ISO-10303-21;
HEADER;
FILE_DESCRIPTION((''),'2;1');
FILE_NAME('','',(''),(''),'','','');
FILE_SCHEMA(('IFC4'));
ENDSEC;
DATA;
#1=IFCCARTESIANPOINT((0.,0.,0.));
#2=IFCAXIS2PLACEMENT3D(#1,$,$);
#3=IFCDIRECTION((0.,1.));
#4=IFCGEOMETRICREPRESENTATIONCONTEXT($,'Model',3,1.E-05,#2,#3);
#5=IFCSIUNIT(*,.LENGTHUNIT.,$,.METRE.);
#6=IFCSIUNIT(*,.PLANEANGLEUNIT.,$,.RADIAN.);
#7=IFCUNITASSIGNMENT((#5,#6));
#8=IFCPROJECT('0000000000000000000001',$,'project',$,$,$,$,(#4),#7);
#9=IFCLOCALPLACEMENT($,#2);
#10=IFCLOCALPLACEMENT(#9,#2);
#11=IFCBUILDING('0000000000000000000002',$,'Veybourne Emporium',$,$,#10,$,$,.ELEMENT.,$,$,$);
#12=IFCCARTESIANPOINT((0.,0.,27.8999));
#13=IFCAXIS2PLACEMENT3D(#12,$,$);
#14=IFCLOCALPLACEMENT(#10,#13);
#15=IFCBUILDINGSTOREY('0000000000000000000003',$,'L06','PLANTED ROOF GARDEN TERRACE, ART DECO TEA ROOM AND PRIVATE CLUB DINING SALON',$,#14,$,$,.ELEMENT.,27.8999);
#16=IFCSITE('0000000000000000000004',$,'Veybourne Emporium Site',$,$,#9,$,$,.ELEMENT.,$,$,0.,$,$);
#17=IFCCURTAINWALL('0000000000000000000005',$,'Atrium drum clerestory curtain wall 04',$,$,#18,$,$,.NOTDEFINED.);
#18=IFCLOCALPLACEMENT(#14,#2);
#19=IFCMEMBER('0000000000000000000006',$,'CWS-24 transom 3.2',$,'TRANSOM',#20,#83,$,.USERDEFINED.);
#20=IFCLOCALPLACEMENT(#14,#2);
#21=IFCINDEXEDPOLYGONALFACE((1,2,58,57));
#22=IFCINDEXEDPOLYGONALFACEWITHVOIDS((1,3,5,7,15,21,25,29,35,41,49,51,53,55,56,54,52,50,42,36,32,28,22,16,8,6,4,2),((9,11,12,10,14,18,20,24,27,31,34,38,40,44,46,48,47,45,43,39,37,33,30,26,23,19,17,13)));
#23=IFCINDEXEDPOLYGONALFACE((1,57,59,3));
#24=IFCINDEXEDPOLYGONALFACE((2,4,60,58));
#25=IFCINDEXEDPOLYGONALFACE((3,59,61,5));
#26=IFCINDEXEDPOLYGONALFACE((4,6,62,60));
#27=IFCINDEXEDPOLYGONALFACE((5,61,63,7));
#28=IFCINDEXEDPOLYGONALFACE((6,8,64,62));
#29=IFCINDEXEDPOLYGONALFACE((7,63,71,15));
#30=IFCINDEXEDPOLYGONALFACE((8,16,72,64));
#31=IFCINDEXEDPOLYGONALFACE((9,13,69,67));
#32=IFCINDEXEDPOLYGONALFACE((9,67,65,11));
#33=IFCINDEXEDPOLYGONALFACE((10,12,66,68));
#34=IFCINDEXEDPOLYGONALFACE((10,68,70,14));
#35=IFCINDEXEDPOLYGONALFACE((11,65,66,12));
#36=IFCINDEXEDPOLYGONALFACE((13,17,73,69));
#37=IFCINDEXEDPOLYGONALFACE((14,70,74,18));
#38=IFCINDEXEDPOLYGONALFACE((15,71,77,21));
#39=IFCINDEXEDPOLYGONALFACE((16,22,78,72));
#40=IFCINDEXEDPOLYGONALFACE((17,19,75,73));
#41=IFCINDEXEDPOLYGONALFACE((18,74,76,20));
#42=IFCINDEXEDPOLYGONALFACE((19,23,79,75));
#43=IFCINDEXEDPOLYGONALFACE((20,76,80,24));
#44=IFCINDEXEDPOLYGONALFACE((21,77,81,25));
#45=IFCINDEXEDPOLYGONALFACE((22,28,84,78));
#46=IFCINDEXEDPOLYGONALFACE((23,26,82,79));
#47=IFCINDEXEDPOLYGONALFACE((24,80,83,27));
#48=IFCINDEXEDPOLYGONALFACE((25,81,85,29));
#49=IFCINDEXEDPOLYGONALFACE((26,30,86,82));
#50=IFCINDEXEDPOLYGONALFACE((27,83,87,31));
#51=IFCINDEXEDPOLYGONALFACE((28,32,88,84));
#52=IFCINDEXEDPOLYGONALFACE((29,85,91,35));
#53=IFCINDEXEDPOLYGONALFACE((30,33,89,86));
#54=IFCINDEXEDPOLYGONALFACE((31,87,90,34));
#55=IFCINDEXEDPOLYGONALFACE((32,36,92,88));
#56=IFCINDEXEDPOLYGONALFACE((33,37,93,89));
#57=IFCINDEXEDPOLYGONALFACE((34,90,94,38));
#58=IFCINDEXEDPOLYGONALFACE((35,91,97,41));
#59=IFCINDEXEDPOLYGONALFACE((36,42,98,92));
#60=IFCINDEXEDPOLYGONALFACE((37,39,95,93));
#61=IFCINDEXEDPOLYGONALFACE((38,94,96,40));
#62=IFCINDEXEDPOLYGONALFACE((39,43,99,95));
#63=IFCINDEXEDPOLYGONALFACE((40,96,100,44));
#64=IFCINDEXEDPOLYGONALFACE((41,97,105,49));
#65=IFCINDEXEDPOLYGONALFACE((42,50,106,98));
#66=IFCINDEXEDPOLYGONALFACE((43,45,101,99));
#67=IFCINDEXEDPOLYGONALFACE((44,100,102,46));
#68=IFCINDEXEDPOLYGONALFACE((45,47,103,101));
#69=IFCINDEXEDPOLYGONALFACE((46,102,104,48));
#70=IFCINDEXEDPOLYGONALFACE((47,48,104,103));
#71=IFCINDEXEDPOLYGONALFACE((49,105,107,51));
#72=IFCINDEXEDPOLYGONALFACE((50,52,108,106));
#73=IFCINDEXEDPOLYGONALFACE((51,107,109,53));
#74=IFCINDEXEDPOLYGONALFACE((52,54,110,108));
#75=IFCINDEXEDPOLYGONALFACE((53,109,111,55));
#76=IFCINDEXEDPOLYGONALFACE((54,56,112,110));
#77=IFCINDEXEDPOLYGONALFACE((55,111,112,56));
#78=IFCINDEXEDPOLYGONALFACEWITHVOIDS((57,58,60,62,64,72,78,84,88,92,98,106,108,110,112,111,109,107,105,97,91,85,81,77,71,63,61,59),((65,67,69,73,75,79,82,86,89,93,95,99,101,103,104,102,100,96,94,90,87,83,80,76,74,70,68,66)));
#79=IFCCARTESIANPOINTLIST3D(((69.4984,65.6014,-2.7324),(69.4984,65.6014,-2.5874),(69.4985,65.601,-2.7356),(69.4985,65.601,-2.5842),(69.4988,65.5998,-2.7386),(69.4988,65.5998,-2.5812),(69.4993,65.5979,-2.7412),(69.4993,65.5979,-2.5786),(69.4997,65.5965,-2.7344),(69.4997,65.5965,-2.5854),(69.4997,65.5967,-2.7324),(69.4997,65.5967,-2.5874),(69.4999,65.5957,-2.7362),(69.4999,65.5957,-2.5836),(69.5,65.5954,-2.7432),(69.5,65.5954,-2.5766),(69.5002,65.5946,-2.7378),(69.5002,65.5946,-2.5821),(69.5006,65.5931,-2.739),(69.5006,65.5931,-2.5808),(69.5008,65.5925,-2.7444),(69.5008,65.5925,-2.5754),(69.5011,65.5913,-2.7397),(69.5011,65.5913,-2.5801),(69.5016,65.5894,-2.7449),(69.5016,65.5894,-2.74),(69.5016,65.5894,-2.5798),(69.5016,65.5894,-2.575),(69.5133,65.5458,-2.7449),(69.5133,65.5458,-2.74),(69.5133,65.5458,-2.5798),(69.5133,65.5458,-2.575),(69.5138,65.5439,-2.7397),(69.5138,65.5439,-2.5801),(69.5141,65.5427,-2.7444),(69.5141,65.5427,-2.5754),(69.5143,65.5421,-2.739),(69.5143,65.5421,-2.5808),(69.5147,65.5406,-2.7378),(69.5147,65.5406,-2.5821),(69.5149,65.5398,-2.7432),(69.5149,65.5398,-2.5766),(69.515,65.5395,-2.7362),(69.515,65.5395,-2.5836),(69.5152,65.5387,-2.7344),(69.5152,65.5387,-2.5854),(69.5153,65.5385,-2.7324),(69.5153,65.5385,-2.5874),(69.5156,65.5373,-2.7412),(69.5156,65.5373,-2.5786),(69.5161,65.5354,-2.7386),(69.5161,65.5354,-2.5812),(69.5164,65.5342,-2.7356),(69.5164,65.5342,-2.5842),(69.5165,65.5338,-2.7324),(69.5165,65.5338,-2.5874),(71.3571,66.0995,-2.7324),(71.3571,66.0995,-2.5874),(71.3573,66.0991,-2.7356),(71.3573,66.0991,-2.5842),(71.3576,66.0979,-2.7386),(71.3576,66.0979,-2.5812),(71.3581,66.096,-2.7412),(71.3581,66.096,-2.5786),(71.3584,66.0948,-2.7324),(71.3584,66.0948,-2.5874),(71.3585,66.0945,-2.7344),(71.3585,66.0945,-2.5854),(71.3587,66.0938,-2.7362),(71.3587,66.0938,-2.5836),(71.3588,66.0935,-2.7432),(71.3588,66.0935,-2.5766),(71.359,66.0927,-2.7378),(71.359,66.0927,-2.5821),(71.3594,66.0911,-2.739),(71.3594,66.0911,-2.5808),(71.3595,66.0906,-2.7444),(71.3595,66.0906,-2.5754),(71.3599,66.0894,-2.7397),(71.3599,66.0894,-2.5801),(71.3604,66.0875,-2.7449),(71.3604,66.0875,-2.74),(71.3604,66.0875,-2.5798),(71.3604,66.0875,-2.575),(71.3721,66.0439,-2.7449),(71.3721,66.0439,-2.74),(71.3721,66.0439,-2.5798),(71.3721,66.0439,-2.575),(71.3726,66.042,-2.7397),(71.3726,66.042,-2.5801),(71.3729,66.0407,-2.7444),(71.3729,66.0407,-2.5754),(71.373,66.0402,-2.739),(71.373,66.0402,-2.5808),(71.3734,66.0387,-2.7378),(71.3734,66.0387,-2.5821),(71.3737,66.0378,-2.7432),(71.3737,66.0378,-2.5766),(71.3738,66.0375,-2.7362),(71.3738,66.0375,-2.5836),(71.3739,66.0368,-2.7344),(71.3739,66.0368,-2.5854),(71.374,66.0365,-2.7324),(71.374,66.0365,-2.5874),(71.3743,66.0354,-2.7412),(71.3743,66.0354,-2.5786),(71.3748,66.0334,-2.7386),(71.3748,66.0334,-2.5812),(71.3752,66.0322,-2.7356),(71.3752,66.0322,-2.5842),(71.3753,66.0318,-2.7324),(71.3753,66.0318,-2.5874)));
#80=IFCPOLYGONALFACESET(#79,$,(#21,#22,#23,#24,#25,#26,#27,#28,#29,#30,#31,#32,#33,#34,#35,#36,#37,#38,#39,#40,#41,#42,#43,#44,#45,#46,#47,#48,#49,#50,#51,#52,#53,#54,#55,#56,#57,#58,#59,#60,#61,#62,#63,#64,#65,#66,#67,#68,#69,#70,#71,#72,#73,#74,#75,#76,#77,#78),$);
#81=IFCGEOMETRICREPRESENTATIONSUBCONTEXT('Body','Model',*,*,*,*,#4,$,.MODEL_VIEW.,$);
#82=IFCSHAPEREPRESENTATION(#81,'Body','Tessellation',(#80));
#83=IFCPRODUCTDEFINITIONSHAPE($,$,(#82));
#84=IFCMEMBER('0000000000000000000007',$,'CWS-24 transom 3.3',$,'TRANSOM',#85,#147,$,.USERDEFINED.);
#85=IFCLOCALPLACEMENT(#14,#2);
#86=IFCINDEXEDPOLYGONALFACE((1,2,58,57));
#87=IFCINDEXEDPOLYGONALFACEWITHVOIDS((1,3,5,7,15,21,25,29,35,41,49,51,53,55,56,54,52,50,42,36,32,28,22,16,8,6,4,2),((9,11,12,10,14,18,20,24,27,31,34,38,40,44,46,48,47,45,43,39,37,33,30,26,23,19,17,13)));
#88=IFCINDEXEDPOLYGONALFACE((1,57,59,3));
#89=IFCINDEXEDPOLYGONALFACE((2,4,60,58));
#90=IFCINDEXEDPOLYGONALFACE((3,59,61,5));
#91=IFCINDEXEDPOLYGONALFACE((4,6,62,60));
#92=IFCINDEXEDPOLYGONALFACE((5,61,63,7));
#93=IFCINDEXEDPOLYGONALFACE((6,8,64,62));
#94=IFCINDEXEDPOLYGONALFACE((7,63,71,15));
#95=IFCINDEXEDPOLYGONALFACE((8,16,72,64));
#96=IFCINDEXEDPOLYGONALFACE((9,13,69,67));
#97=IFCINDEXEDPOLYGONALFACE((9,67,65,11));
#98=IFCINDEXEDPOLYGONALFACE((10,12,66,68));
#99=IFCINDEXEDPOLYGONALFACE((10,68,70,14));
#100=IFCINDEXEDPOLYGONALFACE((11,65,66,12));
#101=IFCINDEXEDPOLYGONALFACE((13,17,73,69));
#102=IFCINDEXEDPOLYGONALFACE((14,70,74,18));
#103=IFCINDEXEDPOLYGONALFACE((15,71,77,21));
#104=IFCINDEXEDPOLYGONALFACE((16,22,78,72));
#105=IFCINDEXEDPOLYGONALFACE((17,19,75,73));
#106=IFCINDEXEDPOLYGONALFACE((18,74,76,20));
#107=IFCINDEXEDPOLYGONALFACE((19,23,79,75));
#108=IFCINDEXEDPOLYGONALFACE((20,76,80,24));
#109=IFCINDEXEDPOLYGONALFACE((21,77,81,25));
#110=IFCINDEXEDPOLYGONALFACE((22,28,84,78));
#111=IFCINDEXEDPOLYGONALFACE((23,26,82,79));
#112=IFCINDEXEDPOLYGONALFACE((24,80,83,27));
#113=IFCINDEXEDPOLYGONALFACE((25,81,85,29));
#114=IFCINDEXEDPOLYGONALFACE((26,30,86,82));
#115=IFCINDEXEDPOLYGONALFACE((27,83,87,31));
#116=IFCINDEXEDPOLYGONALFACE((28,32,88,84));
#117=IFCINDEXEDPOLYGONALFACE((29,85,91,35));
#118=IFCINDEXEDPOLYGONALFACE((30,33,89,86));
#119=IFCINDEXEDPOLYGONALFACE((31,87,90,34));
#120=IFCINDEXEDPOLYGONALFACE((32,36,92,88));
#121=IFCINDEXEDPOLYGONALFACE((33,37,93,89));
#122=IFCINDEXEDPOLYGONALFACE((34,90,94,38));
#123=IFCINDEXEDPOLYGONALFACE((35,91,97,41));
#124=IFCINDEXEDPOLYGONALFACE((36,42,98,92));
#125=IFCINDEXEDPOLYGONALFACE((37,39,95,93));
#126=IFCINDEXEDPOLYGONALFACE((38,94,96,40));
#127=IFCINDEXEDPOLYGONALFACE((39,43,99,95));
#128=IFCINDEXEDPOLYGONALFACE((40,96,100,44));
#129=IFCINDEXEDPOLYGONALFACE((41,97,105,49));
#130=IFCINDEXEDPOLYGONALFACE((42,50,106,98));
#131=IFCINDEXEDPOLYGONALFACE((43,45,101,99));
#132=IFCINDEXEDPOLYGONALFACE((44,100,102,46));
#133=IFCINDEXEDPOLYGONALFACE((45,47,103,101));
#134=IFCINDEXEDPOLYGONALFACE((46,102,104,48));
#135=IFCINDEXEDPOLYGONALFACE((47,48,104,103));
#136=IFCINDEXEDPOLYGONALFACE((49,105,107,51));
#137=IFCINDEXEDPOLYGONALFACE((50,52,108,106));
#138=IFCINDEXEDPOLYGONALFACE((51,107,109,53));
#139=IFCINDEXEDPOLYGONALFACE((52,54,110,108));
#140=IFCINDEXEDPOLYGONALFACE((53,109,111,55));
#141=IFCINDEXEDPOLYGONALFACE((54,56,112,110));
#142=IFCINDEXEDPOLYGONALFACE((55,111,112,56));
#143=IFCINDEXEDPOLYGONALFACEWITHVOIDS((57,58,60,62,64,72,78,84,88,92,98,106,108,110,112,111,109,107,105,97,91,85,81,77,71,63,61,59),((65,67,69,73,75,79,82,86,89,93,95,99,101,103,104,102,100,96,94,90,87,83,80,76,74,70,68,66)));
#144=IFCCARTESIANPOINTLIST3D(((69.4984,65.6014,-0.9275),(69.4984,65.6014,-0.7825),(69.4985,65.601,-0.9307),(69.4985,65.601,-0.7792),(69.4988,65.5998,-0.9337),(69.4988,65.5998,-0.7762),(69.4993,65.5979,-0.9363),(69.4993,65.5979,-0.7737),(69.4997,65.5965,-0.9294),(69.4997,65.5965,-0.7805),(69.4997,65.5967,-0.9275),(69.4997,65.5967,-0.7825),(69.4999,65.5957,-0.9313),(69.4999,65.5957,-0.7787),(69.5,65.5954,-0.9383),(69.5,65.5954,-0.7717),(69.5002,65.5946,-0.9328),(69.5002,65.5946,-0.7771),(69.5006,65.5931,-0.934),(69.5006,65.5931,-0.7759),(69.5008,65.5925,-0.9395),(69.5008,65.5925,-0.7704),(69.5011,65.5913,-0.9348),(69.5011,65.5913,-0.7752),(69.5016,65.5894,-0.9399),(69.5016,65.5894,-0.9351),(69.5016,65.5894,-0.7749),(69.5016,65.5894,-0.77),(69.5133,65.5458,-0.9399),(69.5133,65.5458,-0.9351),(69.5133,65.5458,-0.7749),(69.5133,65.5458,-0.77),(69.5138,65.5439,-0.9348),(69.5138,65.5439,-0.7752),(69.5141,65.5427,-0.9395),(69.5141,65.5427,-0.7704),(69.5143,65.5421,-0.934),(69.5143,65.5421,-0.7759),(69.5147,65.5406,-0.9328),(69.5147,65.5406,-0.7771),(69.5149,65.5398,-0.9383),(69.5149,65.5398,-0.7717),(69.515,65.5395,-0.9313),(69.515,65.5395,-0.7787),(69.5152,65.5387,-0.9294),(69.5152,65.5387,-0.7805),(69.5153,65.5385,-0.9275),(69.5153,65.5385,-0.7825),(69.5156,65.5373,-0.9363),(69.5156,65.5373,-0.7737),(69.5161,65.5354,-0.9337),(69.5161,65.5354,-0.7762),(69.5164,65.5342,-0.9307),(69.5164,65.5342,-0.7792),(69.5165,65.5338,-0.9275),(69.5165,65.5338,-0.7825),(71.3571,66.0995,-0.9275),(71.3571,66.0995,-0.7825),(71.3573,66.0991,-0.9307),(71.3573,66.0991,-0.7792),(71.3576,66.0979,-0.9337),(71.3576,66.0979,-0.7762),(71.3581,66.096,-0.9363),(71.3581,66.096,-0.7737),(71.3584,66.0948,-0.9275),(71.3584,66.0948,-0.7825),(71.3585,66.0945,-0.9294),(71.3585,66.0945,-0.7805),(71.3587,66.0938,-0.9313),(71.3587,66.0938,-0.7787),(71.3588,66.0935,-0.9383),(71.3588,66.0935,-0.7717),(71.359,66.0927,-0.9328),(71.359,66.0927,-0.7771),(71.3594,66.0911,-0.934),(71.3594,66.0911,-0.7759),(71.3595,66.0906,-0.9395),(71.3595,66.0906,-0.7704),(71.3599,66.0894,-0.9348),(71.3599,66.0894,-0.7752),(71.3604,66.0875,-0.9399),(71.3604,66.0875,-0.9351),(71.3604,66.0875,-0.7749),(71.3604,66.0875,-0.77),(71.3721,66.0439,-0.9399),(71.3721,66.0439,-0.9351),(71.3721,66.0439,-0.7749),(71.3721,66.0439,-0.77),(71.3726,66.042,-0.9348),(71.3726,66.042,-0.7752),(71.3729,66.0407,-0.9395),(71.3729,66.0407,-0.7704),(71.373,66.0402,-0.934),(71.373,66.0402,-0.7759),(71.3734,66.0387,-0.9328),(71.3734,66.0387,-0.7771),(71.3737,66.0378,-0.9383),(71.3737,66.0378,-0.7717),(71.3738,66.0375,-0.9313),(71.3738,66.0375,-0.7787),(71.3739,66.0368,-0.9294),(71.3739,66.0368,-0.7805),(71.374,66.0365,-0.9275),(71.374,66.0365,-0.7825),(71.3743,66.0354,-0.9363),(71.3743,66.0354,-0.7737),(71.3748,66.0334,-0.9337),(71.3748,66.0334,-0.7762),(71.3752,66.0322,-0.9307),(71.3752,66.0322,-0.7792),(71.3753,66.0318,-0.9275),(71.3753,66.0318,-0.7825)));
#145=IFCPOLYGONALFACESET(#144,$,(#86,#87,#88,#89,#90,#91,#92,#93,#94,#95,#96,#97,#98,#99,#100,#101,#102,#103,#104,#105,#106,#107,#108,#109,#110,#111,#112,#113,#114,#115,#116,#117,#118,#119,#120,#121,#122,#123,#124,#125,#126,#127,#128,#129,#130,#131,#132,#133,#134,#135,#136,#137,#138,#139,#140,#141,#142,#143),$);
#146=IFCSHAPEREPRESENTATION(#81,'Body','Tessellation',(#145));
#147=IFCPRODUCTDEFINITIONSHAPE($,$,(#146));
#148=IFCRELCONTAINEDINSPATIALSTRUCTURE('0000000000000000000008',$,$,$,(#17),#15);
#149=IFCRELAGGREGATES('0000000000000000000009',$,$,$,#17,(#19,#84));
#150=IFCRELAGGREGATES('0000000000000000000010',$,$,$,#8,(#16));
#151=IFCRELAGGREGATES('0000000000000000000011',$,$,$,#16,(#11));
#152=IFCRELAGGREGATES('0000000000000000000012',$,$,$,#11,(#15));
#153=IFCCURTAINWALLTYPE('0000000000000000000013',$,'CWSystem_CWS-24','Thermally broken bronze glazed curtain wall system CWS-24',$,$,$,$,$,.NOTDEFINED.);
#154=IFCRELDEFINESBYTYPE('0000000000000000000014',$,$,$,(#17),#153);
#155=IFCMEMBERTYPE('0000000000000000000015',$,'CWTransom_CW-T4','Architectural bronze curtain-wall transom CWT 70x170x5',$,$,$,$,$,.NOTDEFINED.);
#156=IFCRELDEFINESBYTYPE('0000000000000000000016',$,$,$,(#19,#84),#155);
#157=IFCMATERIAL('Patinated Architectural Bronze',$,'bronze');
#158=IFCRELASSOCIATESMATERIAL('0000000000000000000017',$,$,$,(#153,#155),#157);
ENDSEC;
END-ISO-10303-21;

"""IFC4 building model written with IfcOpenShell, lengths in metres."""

from ifc_helpers import new_model, si_unit, direction, frame, origin, origin_2d, place, context, subcontext, project, spatial, hollow_rectangle, extrude, material, material_profile, profile_set, type_object, element, aggregate, save


model = new_model("IFC4")

# Units and contexts
model_context = context("Model", 3, precision=1e-05, world=origin(), true_north=direction((0.0, 1.0)))
body_context = subcontext(model_context, "Body", "Model", "MODEL_VIEW")
ifc_project = project(units=[si_unit("LENGTHUNIT", "METRE"), si_unit("PLANEANGLEUNIT", "RADIAN")], contexts=[model_context])

# Site, building, storey
site_placement = place(None, origin())
site = spatial("IfcSite", under=ifc_project, at=site_placement, Name="Veybourne Emporium Site", CompositionType="ELEMENT", RefElevation=0.0)
building_placement = place(site_placement, origin())
building = spatial("IfcBuilding", under=site, at=building_placement, Name="Veybourne Emporium", CompositionType="ELEMENT")
storey_placement = place(building_placement, frame((0.0, 0.0, 27.8999)))
storey = spatial("IfcBuildingStorey", under=building, at=storey_placement, Name="L06", Description="PLANTED ROOF GARDEN TERRACE, ART DECO TEA ROOM AND PRIVATE CLUB DINING SALON", CompositionType="ELEMENT", Elevation=27.8999)

# Curtain wall
ifc_material_1 = material(Name="Patinated Architectural Bronze", Category="bronze")
curtain_wall_type_1 = type_object("IfcCurtainWallType", Name="CWSystem_CWS-24", Description="Thermally broken bronze glazed curtain wall system CWS-24", PredefinedType="NOTDEFINED", material=ifc_material_1)
curtain_wall_1_placement = place(storey_placement, origin())
curtain_wall_1 = element("IfcCurtainWall", 1, at=curtain_wall_1_placement, inside=storey, type_object=curtain_wall_type_1, Name="Atrium drum clerestory curtain wall 04", PredefinedType="NOTDEFINED")

# Members
ifc_material_profile_1 = material_profile(ifc_material_1, hollow_rectangle(XDim=0.0701, YDim=0.1699, WallThickness=0.0049, InnerFilletRadius=0.0076, OuterFilletRadius=0.0125, at=origin_2d()), Name="CWT 70x170x5")
ifc_profile_set_1 = profile_set([ifc_material_profile_1], Name="Patinated Architectural Bronze")
member_type_1 = type_object("IfcMemberType", Name="CWTransom_CW-T4", Description="Architectural bronze curtain-wall transom CWT 70x170x5", PredefinedType="NOTDEFINED", material=ifc_profile_set_1)
member_1_placement = place(storey_placement, frame((71.3662, 66.0657, -2.6599), z_axis=(-0.965923, -0.258831, 0.0), x_axis=(0.258831, -0.965923, 0.0)))
member_1 = element("IfcMember", 2, at=member_1_placement, type_object=member_type_1, Name="CWS-24 transom 3.2", ObjectType="TRANSOM", PredefinedType="USERDEFINED", context=body_context, shape_type="SweptSolid", body=[
    extrude(hollow_rectangle(XDim=0.0701, YDim=0.1699, WallThickness=0.0049, InnerFilletRadius=0.0076, OuterFilletRadius=0.0125, at=origin_2d()), origin(), (0.0, 0.0, 1.0), 1.9243),
])
member_2_placement = place(storey_placement, frame((71.3662, 66.0657, -0.855), z_axis=(-0.965923, -0.258831, 0.0), x_axis=(0.258831, -0.965923, 0.0)))
member_2 = element("IfcMember", 3, at=member_2_placement, type_object=member_type_1, Name="CWS-24 transom 3.3", ObjectType="TRANSOM", PredefinedType="USERDEFINED", context=body_context, shape_type="SweptSolid", body=[
    extrude(hollow_rectangle(XDim=0.0701, YDim=0.1699, WallThickness=0.0049, InnerFilletRadius=0.0076, OuterFilletRadius=0.0125, at=origin_2d()), origin(), (0.0, 0.0, 1.0), 1.9243),
])

aggregate(curtain_wall_1, [member_1, member_2])

save(model, "model.ifc")
